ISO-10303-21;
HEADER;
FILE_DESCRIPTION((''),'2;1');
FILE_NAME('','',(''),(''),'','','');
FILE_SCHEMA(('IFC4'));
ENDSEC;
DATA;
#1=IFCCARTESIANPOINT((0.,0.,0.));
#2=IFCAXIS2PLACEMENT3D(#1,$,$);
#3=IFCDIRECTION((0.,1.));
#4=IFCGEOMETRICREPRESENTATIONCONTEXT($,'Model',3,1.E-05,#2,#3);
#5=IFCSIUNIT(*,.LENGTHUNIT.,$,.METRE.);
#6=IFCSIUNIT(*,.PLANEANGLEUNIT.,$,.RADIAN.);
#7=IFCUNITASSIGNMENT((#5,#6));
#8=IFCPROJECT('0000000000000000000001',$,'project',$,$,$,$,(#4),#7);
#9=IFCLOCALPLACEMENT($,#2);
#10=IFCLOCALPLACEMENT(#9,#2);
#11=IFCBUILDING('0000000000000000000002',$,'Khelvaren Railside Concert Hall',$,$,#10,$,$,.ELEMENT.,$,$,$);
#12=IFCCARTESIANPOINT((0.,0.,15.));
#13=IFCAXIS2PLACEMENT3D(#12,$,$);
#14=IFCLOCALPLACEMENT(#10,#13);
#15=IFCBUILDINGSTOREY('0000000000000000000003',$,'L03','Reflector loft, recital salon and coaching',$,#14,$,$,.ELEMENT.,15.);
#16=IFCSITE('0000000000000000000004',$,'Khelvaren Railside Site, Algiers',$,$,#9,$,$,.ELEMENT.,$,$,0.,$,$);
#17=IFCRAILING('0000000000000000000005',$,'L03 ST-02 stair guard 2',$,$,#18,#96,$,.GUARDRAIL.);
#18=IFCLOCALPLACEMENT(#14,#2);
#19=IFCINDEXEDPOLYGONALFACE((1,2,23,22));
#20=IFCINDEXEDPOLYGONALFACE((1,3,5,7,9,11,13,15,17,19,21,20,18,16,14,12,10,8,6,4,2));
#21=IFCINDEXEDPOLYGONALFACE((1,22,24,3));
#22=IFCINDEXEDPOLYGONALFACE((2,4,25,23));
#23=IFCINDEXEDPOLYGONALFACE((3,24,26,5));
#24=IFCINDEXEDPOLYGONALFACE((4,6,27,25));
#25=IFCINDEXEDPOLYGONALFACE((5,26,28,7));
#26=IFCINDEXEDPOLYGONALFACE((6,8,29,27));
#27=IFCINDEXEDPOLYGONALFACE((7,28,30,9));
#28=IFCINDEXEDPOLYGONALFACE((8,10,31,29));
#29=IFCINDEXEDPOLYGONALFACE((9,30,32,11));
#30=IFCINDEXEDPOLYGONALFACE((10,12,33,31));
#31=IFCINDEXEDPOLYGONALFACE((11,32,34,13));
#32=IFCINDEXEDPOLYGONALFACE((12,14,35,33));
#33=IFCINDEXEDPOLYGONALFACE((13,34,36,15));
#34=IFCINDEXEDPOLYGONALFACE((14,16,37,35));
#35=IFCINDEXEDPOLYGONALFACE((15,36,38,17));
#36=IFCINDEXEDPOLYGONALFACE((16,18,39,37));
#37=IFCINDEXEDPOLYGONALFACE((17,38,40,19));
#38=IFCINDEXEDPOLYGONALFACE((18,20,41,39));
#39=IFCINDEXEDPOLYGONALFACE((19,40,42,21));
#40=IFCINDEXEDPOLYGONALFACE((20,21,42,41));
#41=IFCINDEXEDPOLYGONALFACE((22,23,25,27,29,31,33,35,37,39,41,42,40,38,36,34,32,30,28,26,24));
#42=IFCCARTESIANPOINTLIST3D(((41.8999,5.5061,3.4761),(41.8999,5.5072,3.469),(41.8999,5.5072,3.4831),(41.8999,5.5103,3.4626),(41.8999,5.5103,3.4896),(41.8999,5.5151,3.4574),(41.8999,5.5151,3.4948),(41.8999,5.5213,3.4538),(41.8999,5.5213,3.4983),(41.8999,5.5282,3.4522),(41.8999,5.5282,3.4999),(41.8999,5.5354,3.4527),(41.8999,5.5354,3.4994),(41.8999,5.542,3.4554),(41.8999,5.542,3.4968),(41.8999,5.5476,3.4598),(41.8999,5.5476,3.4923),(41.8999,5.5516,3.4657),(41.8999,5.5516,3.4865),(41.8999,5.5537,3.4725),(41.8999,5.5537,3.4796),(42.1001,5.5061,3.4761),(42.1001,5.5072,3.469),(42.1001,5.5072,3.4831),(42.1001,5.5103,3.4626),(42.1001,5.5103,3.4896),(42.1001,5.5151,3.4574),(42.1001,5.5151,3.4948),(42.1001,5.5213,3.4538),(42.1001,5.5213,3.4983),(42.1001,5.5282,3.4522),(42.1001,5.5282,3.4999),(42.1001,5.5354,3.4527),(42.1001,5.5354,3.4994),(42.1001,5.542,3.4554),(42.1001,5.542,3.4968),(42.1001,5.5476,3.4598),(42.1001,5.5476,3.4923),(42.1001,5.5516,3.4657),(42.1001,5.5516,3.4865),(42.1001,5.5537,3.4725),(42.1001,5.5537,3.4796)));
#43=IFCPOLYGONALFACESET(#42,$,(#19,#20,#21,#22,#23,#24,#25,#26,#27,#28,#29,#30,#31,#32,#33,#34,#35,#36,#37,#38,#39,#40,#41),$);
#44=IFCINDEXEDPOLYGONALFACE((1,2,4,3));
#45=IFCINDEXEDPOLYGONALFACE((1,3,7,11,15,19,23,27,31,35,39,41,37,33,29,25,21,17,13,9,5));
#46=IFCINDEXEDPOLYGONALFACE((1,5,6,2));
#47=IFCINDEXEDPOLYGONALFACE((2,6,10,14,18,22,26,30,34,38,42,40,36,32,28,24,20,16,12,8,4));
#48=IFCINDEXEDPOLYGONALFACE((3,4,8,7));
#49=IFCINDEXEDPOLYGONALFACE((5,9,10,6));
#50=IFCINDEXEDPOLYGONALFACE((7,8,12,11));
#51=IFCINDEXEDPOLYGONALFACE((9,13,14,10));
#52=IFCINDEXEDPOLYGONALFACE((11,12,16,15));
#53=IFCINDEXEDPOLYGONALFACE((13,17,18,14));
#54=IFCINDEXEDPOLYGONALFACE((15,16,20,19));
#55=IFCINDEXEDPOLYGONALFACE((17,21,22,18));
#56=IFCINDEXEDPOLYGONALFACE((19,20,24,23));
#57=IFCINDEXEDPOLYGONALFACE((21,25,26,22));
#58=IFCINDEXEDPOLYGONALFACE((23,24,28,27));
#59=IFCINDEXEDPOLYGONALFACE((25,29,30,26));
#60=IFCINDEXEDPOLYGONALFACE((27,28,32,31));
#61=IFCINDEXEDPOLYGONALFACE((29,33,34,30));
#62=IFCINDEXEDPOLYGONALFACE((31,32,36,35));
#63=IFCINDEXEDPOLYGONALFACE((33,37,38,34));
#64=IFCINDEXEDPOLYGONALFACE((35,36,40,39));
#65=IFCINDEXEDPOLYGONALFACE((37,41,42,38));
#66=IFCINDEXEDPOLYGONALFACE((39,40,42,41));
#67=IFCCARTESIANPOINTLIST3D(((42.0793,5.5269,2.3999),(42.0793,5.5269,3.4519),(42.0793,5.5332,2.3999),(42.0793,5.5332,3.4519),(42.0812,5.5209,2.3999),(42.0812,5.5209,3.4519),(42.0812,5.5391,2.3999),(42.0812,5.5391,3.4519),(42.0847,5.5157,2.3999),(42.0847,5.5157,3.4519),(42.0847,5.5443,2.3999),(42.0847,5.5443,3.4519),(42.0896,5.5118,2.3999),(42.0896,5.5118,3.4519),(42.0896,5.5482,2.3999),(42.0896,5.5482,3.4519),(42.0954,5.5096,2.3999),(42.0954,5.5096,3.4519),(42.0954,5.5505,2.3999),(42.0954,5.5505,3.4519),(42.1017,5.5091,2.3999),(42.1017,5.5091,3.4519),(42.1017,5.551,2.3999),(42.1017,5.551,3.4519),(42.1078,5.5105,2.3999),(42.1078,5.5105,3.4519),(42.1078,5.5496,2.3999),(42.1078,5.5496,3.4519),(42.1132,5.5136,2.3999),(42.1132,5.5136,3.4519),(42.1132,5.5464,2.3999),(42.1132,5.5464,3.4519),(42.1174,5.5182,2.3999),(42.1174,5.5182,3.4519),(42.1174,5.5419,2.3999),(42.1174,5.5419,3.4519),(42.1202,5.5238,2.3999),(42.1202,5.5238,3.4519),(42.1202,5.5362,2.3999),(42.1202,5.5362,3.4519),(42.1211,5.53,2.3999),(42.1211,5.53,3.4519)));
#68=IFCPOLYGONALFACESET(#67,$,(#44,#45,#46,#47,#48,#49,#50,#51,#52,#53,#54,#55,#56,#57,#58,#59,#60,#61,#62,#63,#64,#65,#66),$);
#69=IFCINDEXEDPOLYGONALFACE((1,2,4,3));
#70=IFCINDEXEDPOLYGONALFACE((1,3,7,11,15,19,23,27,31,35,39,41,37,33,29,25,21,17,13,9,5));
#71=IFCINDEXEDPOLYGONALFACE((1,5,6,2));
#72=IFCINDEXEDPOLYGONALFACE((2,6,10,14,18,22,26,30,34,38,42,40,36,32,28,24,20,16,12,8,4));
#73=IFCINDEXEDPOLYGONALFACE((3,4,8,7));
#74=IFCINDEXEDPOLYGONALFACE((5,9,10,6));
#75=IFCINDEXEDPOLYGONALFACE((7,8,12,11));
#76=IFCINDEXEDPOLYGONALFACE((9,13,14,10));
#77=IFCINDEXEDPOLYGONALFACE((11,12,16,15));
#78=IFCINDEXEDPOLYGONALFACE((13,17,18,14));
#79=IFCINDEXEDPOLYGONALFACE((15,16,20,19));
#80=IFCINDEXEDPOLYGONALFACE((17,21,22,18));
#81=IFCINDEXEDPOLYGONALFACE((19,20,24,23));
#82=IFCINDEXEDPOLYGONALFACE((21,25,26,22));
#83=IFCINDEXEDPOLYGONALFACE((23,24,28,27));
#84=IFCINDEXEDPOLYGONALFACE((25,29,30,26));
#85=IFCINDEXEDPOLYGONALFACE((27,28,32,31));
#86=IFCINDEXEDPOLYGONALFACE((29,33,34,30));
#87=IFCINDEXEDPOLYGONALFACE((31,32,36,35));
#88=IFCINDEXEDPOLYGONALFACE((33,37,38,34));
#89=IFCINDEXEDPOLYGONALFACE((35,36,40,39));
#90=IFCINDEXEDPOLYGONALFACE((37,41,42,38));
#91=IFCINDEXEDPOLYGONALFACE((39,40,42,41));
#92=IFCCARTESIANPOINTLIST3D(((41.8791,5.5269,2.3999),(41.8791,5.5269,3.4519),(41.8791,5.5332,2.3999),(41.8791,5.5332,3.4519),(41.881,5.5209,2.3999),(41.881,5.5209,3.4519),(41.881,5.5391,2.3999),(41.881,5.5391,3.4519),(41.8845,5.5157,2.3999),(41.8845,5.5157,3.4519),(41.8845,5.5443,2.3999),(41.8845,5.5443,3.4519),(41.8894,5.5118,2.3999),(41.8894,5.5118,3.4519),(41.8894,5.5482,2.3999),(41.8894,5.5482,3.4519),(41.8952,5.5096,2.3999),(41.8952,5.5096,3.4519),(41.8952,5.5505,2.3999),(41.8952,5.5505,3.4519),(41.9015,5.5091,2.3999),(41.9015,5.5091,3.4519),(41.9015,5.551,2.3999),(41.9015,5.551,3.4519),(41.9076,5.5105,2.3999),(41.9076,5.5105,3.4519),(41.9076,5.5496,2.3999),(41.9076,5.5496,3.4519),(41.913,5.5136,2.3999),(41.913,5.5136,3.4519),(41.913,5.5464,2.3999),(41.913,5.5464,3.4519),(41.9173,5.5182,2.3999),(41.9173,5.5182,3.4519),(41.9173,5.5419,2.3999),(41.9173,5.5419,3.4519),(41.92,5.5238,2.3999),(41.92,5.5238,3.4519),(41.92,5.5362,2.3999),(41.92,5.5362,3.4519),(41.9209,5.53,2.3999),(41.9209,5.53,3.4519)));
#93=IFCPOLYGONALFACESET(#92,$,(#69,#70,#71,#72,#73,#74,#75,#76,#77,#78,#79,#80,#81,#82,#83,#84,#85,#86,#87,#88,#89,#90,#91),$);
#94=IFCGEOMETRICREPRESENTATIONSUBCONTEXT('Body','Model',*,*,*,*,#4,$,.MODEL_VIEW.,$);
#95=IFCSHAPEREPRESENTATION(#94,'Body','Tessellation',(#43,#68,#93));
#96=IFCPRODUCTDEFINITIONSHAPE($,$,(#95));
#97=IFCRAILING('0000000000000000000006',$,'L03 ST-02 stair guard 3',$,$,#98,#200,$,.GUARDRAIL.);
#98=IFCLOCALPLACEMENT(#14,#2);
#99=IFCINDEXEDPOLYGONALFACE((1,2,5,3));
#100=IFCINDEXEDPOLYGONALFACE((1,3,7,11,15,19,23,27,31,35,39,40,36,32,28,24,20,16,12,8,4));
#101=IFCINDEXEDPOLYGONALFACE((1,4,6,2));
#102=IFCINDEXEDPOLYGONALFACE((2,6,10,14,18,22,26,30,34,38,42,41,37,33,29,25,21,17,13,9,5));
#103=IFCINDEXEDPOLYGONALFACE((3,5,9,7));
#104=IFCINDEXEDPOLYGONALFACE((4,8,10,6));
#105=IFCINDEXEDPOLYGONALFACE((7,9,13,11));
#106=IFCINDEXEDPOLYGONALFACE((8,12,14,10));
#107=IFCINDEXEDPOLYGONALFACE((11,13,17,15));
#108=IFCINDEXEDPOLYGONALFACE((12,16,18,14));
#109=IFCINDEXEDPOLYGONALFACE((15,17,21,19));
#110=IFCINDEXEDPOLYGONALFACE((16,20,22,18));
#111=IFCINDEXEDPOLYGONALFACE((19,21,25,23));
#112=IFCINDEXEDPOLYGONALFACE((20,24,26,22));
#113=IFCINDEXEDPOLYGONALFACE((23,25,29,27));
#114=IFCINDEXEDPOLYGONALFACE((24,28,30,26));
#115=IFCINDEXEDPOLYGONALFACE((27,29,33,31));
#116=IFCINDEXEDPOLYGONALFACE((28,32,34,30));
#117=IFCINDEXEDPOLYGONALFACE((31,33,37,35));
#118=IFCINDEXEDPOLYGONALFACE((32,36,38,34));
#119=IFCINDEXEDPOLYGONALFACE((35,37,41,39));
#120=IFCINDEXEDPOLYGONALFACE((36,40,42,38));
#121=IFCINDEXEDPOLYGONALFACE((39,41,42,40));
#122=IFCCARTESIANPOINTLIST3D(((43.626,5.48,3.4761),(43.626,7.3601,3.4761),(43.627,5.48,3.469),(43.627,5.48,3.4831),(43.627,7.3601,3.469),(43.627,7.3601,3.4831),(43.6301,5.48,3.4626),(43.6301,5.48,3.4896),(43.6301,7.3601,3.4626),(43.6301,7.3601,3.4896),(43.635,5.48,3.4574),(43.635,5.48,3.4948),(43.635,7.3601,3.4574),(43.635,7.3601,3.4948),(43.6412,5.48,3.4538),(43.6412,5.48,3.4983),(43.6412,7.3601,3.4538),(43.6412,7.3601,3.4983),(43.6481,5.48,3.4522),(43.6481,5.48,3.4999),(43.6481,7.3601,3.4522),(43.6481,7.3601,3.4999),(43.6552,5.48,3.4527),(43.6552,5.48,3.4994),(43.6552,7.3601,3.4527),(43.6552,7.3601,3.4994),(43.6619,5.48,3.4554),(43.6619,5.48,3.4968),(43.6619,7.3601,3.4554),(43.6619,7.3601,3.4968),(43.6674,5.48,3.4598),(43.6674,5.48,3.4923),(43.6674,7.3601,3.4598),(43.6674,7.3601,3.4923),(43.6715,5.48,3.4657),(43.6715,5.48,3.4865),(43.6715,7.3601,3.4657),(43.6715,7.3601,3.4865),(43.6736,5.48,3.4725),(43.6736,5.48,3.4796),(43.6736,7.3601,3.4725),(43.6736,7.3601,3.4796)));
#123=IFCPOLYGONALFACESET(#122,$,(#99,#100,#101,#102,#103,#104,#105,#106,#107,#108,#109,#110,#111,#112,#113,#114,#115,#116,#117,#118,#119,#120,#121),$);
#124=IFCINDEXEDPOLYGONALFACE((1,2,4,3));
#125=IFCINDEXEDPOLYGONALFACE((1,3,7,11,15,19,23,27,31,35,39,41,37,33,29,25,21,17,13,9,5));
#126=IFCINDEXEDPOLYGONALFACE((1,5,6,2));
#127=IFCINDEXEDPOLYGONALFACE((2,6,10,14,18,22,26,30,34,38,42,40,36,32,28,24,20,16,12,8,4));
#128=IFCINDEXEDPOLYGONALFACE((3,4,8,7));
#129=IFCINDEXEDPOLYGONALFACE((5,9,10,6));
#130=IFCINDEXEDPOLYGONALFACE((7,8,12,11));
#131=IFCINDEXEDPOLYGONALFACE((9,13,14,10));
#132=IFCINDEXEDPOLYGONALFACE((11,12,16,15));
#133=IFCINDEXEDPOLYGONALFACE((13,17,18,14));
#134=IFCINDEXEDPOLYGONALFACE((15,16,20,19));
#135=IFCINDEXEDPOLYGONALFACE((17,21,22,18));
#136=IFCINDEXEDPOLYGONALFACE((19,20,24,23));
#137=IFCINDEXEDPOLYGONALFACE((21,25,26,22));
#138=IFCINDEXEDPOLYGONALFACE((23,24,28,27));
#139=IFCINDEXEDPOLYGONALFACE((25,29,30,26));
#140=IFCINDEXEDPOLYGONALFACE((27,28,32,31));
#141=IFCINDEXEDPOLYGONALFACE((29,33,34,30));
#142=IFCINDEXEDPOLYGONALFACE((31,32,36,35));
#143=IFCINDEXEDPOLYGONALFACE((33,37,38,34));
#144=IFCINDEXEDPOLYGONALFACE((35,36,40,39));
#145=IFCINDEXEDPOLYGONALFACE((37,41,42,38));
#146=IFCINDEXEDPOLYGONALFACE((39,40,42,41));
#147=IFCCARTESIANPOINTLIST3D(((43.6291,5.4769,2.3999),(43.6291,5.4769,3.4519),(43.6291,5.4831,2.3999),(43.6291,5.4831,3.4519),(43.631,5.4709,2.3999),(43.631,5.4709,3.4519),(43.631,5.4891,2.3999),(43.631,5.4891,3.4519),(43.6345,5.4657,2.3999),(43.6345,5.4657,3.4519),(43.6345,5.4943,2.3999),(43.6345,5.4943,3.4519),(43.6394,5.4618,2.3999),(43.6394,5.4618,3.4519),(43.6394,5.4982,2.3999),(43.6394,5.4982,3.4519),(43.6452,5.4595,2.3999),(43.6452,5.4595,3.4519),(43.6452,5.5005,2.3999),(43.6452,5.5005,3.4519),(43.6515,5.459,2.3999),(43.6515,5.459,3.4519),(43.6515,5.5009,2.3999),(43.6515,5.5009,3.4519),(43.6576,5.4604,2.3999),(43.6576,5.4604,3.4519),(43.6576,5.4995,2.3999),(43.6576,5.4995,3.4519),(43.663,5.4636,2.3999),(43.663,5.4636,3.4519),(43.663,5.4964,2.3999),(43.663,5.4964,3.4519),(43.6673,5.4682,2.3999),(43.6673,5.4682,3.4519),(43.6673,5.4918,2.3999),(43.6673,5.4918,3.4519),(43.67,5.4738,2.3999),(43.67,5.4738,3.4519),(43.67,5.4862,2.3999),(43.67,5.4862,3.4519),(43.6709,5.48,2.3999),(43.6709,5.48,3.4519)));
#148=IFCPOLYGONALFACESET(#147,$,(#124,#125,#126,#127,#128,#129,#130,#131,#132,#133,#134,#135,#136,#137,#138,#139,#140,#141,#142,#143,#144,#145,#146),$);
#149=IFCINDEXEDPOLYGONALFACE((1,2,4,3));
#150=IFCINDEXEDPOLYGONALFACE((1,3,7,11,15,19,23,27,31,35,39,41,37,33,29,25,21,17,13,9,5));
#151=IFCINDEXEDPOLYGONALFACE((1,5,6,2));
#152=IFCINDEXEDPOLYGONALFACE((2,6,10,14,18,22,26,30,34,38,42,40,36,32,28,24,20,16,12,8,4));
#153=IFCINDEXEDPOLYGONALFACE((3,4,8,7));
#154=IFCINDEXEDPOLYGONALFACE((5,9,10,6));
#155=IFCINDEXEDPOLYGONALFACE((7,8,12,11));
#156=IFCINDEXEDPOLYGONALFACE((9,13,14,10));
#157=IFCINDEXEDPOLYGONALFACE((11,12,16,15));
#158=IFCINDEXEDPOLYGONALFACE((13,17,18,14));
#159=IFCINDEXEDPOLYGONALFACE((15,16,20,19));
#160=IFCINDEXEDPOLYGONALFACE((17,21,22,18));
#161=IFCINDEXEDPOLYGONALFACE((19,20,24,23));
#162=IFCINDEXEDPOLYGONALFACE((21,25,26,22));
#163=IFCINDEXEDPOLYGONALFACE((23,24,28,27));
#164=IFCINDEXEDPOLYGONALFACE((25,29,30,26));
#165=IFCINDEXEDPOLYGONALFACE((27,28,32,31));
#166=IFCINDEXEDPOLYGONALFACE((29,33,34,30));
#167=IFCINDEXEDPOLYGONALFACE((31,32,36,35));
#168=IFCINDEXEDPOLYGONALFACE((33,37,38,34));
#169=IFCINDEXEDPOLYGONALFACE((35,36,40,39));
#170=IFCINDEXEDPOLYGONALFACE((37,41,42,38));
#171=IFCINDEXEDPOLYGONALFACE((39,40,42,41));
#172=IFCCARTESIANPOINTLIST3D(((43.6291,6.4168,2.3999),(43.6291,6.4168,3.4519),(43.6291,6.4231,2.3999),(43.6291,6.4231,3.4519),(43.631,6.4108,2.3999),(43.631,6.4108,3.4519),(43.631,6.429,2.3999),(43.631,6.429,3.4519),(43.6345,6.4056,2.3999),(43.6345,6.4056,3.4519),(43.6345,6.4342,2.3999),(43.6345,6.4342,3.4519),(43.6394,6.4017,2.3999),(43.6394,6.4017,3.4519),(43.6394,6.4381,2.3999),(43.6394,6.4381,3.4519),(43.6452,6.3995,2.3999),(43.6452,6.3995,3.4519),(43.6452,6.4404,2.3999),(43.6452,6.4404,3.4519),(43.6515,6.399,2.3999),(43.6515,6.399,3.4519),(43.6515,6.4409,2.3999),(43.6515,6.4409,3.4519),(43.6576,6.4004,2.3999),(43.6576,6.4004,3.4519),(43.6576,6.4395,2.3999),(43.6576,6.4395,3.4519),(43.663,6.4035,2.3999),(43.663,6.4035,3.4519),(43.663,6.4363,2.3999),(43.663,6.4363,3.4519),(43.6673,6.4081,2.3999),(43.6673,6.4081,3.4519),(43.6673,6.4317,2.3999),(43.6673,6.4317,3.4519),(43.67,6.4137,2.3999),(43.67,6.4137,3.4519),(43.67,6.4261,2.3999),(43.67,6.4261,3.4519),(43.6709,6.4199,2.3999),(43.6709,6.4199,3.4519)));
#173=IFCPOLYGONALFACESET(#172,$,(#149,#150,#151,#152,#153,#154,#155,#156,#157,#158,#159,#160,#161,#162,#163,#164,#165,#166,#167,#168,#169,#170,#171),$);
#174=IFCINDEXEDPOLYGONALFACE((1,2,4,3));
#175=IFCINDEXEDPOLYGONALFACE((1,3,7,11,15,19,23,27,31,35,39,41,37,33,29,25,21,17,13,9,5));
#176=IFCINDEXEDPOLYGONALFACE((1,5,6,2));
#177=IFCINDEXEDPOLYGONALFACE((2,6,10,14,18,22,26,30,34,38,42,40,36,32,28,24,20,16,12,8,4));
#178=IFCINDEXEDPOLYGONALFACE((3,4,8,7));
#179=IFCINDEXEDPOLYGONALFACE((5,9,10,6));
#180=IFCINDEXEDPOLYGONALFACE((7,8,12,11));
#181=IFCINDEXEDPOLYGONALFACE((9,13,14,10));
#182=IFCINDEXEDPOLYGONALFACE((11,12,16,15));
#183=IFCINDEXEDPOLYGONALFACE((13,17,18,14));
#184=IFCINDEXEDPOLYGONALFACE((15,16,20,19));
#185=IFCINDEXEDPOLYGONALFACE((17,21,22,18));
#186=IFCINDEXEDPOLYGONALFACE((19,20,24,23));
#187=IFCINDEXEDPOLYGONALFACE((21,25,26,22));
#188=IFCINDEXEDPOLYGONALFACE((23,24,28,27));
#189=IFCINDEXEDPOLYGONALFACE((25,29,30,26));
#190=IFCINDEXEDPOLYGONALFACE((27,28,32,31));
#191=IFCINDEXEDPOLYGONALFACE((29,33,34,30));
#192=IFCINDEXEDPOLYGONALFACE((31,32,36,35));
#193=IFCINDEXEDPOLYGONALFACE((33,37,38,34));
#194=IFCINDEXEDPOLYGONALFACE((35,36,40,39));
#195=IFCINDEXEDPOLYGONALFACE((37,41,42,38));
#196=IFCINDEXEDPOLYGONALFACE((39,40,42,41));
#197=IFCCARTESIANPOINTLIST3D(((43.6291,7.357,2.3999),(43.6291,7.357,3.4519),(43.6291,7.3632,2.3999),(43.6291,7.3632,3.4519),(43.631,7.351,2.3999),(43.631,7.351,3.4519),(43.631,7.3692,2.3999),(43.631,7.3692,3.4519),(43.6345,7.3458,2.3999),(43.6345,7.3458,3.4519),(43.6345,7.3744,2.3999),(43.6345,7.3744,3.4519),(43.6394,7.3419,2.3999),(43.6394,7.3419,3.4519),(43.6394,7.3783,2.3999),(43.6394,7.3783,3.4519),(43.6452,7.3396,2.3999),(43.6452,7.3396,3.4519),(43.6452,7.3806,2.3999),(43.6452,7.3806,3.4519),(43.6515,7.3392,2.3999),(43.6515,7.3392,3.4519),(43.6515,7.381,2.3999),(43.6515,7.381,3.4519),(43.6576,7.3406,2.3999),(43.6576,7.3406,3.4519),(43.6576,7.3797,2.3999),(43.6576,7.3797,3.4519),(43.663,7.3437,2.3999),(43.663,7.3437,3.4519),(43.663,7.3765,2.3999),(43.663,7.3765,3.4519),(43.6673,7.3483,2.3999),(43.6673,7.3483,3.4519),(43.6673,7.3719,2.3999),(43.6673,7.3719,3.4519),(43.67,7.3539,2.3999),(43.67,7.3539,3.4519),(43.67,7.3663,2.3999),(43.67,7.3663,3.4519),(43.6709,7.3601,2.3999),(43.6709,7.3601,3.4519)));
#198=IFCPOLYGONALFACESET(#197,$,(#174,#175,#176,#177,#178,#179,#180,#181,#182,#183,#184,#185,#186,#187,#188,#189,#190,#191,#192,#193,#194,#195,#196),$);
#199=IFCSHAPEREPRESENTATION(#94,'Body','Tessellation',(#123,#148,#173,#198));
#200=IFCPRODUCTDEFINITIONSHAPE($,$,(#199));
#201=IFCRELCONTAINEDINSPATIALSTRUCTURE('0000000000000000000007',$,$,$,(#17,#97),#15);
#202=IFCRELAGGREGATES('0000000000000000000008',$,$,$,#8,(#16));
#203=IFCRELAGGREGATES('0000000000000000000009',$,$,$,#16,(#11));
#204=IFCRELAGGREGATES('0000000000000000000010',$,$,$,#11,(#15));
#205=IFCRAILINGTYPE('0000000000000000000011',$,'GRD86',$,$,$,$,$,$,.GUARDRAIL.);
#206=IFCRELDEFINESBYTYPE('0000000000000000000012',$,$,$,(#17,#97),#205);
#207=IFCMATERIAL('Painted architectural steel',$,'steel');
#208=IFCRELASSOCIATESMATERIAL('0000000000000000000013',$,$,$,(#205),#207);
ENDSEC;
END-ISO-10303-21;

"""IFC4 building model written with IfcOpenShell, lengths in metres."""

from ifc_helpers import new_model, si_unit, direction, frame, origin, origin_2d, place, context, subcontext, project, spatial, circle, extrude, material, type_object, element, save


model = new_model("IFC4")

# Units and contexts
model_context = context("Model", 3, precision=1e-05, world=origin(), true_north=direction((0.0, 1.0)))
body_context = subcontext(model_context, "Body", "Model", "MODEL_VIEW")
ifc_project = project(units=[si_unit("LENGTHUNIT", "METRE"), si_unit("PLANEANGLEUNIT", "RADIAN")], contexts=[model_context])

# Site, building, storey
site_placement = place(None, origin())
site = spatial("IfcSite", under=ifc_project, at=site_placement, Name="Khelvaren Railside Site, Algiers", CompositionType="ELEMENT", RefElevation=0.0)
building_placement = place(site_placement, origin())
building = spatial("IfcBuilding", under=site, at=building_placement, Name="Khelvaren Railside Concert Hall", CompositionType="ELEMENT")
storey_placement = place(building_placement, frame((0.0, 0.0, 15.0)))
storey = spatial("IfcBuildingStorey", under=building, at=storey_placement, Name="L03", Description="Reflector loft, recital salon and coaching", CompositionType="ELEMENT", Elevation=15.0)

# Railings
ifc_material_1 = material(Name="Painted architectural steel", Category="steel")
railing_type_1 = type_object("IfcRailingType", Name="GRD86", PredefinedType="GUARDRAIL", material=ifc_material_1)
railing_1_placement = place(storey_placement, frame((42.1001, 5.53, 2.3999)))
element("IfcRailing", 1, at=railing_1_placement, inside=storey, type_object=railing_type_1, Name="L03 ST-02 stair guard 2", PredefinedType="GUARDRAIL", context=body_context, shape_type="SweptSolid", body=[
    extrude(circle(Radius=0.0239, at=origin_2d()), frame((0.0, 0.0, 1.0762), z_axis=(-1.0, 0.0, 0.0), x_axis=(0.0, -1.0, 0.0)), (0.0, 0.0, 1.0), 0.2002),
    extrude(circle(Radius=0.021, at=origin_2d()), origin(), (0.0, 0.0, 1.0), 1.052),
    extrude(circle(Radius=0.021, at=origin_2d()), frame((-0.2002, 0.0, 0.0)), (0.0, 0.0, 1.0), 1.052),
])
for number, where, name in (
    (2, (43.6499, 5.48, 2.3999), "L03 ST-02 stair guard 3"),
):
    element("IfcRailing", number, at=place(storey_placement, frame(where)), inside=storey, type_object=railing_type_1, Name=name, PredefinedType="GUARDRAIL", context=body_context, shape_type="SweptSolid", body=[
        extrude(circle(Radius=0.0239, at=origin_2d()), frame((0.0, 0.0, 1.0762), z_axis=(0.0, 1.0, 0.0), x_axis=(-1.0, 0.0, 0.0)), (0.0, 0.0, 1.0), 1.8801),
        extrude(circle(Radius=0.021, at=origin_2d()), origin(), (0.0, 0.0, 1.0), 1.052),
        extrude(circle(Radius=0.021, at=origin_2d()), frame((0.0, 0.9399, 0.0)), (0.0, 0.0, 1.0), 1.052),
        extrude(circle(Radius=0.021, at=origin_2d()), frame((0.0, 1.8801, 0.0)), (0.0, 0.0, 1.0), 1.052),
    ])

save(model, "model.ifc")
